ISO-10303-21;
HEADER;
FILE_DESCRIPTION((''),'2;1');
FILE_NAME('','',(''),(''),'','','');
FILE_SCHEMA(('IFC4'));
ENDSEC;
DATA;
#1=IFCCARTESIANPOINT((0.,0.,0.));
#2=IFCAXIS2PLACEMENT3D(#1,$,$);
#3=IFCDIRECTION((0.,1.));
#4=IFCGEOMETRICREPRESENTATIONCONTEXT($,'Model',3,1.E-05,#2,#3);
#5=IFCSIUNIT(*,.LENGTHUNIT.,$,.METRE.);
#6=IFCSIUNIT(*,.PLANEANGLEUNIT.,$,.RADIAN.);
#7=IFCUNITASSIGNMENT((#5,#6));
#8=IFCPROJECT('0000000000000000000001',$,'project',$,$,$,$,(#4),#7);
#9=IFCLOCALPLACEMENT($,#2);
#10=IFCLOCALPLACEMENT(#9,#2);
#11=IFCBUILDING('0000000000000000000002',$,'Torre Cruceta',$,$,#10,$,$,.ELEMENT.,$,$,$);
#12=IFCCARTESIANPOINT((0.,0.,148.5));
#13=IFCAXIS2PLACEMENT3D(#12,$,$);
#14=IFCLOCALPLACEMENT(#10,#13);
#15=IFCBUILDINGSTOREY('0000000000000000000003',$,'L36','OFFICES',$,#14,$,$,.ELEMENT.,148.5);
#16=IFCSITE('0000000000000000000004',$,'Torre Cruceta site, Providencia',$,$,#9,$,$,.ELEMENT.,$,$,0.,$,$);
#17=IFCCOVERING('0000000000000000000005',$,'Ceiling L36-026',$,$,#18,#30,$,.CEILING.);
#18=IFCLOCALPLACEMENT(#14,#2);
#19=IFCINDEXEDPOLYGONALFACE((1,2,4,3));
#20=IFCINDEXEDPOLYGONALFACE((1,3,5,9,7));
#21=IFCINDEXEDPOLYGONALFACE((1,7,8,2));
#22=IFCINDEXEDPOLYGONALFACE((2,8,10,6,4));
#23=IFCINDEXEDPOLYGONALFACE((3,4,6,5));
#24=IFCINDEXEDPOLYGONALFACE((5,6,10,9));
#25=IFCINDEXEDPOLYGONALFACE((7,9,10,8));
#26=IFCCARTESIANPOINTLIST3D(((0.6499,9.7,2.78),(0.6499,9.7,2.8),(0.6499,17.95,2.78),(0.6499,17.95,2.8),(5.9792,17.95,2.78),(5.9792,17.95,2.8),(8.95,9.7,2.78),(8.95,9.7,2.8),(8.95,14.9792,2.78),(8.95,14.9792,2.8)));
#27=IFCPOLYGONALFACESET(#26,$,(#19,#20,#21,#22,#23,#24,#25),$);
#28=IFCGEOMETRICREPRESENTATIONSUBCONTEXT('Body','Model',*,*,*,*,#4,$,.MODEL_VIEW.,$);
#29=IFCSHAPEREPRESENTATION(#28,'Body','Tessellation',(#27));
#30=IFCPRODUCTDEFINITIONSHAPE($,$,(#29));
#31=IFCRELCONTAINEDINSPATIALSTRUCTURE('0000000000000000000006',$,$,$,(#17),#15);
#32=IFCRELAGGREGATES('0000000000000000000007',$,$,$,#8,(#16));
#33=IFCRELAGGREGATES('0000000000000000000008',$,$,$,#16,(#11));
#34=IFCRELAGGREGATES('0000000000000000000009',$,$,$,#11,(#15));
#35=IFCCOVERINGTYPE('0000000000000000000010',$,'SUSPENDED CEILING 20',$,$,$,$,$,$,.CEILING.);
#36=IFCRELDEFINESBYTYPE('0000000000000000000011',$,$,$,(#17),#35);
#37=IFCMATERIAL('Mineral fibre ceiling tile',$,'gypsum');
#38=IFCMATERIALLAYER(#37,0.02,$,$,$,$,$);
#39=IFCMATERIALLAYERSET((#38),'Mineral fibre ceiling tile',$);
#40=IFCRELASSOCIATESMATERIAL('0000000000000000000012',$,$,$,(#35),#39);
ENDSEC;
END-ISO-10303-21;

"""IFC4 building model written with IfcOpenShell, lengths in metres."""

from ifc_helpers import new_model, si_unit, direction, frame, origin, place, context, subcontext, project, spatial, polyline, outline, extrude, material, layer, layer_set, type_object, element, save


model = new_model("IFC4")

# Units and contexts
model_context = context("Model", 3, precision=1e-05, world=origin(), true_north=direction((0.0, 1.0)))
body_context = subcontext(model_context, "Body", "Model", "MODEL_VIEW")
ifc_project = project(units=[si_unit("LENGTHUNIT", "METRE"), si_unit("PLANEANGLEUNIT", "RADIAN")], contexts=[model_context])

# Site, building, storey
site_placement = place(None, origin())
site = spatial("IfcSite", under=ifc_project, at=site_placement, Name="Torre Cruceta site, Providencia", CompositionType="ELEMENT", RefElevation=0.0)
building_placement = place(site_placement, origin())
building = spatial("IfcBuilding", under=site, at=building_placement, Name="Torre Cruceta", CompositionType="ELEMENT")
storey_placement = place(building_placement, frame((0.0, 0.0, 148.5)))
storey = spatial("IfcBuildingStorey", under=building, at=storey_placement, Name="L36", Description="OFFICES", CompositionType="ELEMENT", Elevation=148.5)

# Covering
ifc_material_1 = material(Name="Mineral fibre ceiling tile", Category="gypsum")
ifc_layer_1 = layer(ifc_material_1, 0.02)
ifc_layer_set_1 = layer_set([ifc_layer_1], Name="Mineral fibre ceiling tile")
covering_type_1 = type_object("IfcCoveringType", Name="SUSPENDED CEILING 20", PredefinedType="CEILING", material=ifc_layer_set_1)
covering_1_placement = place(storey_placement, frame((0.0, 0.0, 2.78)))
element("IfcCovering", 1, at=covering_1_placement, inside=storey, type_object=covering_type_1, Name="Ceiling L36-026", PredefinedType="CEILING", context=body_context, shape_type="SweptSolid", body=[
    extrude(outline(polyline([(5.9792, 17.95), (8.95, 14.9792), (8.95, 9.7), (0.6499, 9.7), (0.6499, 17.95), (5.9792, 17.95)])), origin(), (0.0, 0.0, 1.0), 0.02),
])

save(model, "model.ifc")
